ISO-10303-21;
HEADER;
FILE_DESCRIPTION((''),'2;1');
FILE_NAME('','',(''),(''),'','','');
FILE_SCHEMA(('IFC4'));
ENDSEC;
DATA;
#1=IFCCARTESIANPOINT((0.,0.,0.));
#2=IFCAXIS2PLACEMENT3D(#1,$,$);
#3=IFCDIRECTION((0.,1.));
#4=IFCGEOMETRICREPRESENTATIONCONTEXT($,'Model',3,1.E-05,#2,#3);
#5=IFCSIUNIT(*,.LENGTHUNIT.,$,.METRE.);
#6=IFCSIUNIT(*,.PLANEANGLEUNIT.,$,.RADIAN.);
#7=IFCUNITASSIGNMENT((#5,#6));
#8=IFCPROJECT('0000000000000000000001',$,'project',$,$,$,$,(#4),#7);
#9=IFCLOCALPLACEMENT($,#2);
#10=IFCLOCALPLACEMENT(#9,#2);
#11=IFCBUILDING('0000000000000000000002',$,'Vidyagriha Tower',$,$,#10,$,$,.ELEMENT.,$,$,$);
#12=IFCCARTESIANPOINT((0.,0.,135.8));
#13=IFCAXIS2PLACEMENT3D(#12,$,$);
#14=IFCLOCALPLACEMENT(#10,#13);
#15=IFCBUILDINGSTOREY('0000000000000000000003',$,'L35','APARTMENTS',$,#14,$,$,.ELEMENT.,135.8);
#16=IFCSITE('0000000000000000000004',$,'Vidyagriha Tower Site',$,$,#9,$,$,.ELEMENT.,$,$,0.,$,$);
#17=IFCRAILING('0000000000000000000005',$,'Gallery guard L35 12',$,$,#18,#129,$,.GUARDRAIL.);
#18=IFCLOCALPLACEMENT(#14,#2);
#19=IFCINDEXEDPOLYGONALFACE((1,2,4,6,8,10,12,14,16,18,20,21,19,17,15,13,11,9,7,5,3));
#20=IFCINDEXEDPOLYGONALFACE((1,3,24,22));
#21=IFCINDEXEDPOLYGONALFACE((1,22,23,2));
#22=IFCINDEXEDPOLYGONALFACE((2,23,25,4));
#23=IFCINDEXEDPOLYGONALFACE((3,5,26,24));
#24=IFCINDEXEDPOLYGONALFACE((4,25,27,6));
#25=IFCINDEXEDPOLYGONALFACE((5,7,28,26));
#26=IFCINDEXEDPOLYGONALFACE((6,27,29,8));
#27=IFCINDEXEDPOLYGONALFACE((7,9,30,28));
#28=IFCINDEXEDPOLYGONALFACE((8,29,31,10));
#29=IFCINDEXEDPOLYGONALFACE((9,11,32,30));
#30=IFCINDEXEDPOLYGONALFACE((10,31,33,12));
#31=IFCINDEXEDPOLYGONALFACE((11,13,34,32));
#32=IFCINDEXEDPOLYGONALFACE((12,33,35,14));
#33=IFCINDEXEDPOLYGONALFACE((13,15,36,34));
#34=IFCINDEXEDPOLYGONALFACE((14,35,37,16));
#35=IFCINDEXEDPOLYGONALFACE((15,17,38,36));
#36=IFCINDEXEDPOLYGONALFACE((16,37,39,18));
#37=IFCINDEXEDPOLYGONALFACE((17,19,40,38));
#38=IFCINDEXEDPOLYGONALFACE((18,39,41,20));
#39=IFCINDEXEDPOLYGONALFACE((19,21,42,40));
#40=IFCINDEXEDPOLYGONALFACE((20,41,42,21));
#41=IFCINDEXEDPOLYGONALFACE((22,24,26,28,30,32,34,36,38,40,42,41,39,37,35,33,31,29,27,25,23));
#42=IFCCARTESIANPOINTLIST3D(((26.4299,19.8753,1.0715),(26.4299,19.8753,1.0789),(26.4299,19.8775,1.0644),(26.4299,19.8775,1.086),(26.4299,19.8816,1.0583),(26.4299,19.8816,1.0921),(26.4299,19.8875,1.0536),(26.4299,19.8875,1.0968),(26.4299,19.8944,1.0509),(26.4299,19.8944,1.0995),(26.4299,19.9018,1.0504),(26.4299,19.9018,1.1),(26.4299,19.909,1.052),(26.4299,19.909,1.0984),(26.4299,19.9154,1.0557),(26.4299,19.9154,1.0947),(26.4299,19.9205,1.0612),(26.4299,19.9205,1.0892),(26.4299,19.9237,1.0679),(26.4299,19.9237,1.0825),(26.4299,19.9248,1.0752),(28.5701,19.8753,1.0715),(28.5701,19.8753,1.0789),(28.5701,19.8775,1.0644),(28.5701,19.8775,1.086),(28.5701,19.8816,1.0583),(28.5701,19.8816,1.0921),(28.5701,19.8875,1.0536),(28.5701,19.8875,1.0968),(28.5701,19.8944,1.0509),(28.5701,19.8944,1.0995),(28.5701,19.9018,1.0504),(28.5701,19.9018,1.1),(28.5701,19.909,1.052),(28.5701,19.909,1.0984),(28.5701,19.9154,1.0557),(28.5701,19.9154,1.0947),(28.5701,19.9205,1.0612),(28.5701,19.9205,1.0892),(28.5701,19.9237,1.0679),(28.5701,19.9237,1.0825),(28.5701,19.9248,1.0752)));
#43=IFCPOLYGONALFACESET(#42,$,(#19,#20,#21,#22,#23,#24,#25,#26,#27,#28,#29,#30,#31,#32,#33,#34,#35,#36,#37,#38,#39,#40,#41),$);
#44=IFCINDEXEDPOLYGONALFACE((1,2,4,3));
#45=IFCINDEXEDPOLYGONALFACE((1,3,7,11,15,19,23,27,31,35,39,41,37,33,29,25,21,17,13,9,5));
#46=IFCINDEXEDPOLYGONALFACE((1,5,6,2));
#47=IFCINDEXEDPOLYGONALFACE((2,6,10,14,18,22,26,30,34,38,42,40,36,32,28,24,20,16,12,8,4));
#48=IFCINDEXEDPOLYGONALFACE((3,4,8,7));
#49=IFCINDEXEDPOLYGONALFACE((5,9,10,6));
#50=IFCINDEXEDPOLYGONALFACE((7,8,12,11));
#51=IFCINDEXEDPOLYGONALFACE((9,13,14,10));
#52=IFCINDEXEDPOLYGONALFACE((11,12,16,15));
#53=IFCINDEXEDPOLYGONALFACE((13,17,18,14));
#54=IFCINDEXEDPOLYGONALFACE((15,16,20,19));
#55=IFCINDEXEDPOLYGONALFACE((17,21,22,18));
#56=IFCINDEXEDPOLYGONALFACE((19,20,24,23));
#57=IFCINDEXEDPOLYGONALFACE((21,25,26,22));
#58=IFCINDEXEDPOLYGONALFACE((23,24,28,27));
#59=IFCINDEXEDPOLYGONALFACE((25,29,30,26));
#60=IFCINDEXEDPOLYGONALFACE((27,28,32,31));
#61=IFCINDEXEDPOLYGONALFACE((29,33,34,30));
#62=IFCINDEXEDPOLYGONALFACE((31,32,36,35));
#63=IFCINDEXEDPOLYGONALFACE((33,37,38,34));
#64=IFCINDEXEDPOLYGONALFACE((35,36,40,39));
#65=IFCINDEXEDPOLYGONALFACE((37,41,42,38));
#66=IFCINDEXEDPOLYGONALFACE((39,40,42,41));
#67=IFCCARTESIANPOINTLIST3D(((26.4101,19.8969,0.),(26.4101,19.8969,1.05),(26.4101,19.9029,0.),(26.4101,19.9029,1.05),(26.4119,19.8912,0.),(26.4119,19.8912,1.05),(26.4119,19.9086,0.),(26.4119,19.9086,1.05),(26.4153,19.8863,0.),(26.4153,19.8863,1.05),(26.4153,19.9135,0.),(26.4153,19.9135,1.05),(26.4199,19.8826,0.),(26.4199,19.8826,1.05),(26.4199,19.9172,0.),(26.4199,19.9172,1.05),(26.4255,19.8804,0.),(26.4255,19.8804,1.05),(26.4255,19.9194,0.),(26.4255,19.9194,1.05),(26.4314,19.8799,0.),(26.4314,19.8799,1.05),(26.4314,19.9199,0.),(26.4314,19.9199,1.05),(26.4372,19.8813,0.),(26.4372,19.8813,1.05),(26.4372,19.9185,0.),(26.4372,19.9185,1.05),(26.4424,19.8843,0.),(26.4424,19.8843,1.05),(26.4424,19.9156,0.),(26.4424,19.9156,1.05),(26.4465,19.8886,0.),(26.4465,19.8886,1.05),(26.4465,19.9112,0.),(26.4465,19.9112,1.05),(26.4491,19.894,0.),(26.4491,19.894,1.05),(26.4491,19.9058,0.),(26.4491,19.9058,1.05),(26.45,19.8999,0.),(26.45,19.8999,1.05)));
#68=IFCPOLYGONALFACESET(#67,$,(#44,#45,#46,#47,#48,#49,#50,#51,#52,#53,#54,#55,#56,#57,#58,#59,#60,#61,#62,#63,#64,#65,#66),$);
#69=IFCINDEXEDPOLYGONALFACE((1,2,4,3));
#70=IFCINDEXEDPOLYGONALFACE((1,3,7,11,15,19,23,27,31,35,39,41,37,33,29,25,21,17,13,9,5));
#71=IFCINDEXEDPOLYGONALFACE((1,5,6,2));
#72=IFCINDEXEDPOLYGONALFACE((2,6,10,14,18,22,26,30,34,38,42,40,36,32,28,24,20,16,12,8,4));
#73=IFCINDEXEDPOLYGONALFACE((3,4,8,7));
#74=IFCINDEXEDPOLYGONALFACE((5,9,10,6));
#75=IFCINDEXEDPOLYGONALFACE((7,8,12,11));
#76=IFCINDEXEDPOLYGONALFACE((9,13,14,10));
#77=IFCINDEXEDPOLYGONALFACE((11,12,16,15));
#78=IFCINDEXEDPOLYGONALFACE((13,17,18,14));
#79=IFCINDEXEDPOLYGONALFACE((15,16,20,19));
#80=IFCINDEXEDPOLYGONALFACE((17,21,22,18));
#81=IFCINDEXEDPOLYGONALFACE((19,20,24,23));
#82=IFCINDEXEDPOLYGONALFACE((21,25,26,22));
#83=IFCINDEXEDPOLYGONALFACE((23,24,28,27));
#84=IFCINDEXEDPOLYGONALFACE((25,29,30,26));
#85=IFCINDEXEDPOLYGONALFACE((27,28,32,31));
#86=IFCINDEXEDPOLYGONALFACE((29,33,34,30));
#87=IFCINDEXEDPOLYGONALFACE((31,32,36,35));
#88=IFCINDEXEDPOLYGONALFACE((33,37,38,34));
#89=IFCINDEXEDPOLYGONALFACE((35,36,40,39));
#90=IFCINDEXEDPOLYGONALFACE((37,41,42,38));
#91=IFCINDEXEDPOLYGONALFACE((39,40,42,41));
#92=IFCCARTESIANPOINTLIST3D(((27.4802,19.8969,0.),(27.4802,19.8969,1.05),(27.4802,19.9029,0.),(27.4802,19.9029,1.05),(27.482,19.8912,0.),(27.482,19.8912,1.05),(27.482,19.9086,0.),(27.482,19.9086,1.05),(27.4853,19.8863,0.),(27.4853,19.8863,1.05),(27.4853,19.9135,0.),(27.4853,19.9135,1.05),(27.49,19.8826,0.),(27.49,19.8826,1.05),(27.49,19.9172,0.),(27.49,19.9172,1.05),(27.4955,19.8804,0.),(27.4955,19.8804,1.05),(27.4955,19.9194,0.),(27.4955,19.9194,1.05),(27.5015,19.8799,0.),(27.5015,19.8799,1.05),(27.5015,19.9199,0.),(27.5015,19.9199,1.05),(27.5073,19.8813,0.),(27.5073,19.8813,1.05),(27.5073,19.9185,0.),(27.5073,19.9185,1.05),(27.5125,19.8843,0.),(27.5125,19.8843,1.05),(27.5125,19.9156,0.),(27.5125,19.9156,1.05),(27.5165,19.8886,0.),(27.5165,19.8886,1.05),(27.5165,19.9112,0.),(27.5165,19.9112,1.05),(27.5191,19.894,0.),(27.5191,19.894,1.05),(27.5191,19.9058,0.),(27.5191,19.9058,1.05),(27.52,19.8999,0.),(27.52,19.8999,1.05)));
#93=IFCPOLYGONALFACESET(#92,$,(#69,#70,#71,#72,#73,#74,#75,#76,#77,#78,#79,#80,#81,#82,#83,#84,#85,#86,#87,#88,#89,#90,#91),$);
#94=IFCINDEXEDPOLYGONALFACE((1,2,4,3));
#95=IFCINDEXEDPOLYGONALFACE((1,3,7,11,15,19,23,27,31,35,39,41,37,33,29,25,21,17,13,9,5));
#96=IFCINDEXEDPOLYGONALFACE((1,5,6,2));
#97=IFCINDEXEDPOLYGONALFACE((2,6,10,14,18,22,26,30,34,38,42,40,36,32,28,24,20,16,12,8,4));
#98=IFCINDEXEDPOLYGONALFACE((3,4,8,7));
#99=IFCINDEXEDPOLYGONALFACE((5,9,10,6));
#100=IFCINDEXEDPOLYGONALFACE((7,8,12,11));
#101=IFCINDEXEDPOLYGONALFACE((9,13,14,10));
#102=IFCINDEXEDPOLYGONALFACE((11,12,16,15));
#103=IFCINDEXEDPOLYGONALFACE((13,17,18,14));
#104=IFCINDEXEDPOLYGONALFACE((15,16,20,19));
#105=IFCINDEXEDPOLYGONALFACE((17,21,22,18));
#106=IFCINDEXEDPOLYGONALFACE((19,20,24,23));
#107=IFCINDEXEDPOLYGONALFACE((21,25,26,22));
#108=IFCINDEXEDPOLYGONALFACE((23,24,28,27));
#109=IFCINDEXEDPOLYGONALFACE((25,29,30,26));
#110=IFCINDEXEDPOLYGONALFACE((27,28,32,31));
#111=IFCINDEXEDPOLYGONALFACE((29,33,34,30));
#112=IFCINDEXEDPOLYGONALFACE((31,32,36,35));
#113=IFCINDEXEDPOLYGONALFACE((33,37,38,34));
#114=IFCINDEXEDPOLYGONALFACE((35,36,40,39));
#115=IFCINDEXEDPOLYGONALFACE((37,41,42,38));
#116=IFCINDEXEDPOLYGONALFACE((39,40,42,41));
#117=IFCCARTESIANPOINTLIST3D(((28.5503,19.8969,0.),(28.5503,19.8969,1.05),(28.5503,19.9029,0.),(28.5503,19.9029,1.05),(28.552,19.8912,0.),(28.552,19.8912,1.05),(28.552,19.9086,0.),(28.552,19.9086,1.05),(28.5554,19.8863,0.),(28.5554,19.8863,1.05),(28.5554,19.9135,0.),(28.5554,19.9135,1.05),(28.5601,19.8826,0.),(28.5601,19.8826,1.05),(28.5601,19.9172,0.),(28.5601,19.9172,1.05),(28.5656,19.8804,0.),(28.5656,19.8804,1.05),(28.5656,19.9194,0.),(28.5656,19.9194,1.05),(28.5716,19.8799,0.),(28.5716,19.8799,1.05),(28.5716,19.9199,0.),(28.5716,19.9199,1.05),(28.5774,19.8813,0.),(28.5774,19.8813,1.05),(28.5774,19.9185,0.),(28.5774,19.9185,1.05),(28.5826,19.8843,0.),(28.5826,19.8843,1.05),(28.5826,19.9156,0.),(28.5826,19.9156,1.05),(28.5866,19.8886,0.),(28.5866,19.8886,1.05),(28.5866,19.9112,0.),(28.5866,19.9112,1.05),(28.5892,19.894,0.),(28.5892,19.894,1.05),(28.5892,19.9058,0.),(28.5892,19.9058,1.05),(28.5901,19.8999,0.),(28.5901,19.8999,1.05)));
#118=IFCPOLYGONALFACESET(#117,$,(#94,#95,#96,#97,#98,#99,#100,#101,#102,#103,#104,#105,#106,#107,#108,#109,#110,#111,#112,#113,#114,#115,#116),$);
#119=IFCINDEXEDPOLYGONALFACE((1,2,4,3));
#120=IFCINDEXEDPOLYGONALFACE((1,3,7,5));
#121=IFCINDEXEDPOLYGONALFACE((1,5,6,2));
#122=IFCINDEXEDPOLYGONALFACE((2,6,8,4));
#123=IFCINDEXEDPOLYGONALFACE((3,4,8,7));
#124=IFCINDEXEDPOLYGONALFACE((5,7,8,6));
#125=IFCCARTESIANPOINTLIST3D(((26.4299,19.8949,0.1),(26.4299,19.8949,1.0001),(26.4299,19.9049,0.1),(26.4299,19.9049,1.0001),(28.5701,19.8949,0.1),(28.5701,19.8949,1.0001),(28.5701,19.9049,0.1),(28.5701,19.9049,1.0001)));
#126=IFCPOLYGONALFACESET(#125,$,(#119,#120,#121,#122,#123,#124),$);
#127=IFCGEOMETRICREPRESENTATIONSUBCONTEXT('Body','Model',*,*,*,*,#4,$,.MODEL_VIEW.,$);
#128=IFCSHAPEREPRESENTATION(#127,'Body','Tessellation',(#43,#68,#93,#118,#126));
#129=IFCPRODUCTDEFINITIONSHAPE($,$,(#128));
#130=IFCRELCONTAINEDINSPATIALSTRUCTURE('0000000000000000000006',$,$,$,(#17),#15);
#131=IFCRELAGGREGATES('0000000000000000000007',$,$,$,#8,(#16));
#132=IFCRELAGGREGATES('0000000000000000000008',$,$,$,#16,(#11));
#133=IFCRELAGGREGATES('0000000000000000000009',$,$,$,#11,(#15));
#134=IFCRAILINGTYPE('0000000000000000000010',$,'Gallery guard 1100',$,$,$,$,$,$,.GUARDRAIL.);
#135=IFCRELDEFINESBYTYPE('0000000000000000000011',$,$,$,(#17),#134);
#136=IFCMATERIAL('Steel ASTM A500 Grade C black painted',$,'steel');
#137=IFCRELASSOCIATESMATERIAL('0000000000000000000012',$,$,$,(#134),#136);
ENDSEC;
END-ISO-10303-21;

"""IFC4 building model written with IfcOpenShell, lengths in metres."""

from ifc_helpers import new_model, si_unit, direction, frame, origin, origin_2d, place, context, subcontext, project, spatial, rectangle, circle, extrude, material, type_object, element, save


model = new_model("IFC4")

# Units and contexts
model_context = context("Model", 3, precision=1e-05, world=origin(), true_north=direction((0.0, 1.0)))
body_context = subcontext(model_context, "Body", "Model", "MODEL_VIEW")
ifc_project = project(units=[si_unit("LENGTHUNIT", "METRE"), si_unit("PLANEANGLEUNIT", "RADIAN")], contexts=[model_context])

# Site, building, storey
site_placement = place(None, origin())
site = spatial("IfcSite", under=ifc_project, at=site_placement, Name="Vidyagriha Tower Site", CompositionType="ELEMENT", RefElevation=0.0)
building_placement = place(site_placement, origin())
building = spatial("IfcBuilding", under=site, at=building_placement, Name="Vidyagriha Tower", CompositionType="ELEMENT")
storey_placement = place(building_placement, frame((0.0, 0.0, 135.8)))
storey = spatial("IfcBuildingStorey", under=building, at=storey_placement, Name="L35", Description="APARTMENTS", CompositionType="ELEMENT", Elevation=135.8)

# Railing
ifc_material_1 = material(Name="Steel ASTM A500 Grade C black painted", Category="steel")
railing_type = type_object("IfcRailingType", Name="Gallery guard 1100", PredefinedType="GUARDRAIL", material=ifc_material_1)
railing_1_placement = place(storey_placement, frame((26.4299, 19.8999, 0.0)))
element("IfcRailing", 1, at=railing_1_placement, inside=storey, type_object=railing_type, Name="Gallery guard L35 12", PredefinedType="GUARDRAIL", context=body_context, shape_type="SweptSolid", body=[
    extrude(circle(Radius=0.0249, at=origin_2d()), frame((0.0, 0.0, 1.0752), z_axis=(1.0, 0.0, 0.0), x_axis=(0.0, 1.0, 0.0)), (0.0, 0.0, 1.0), 2.1401),
    extrude(circle(Radius=0.02, at=origin_2d()), origin(), (0.0, 0.0, 1.0), 1.05),
    extrude(circle(Radius=0.02, at=origin_2d()), frame((1.0701, 0.0, 0.0)), (0.0, 0.0, 1.0), 1.05),
    extrude(circle(Radius=0.02, at=origin_2d()), frame((2.1401, 0.0, 0.0)), (0.0, 0.0, 1.0), 1.05),
    extrude(rectangle(XDim=0.01, YDim=0.9001, at=origin_2d()), frame((0.0, 0.0, 0.55), z_axis=(1.0, 0.0, 0.0), x_axis=(0.0, 1.0, 0.0)), (0.0, 0.0, 1.0), 2.1401),
])

save(model, "model.ifc")
